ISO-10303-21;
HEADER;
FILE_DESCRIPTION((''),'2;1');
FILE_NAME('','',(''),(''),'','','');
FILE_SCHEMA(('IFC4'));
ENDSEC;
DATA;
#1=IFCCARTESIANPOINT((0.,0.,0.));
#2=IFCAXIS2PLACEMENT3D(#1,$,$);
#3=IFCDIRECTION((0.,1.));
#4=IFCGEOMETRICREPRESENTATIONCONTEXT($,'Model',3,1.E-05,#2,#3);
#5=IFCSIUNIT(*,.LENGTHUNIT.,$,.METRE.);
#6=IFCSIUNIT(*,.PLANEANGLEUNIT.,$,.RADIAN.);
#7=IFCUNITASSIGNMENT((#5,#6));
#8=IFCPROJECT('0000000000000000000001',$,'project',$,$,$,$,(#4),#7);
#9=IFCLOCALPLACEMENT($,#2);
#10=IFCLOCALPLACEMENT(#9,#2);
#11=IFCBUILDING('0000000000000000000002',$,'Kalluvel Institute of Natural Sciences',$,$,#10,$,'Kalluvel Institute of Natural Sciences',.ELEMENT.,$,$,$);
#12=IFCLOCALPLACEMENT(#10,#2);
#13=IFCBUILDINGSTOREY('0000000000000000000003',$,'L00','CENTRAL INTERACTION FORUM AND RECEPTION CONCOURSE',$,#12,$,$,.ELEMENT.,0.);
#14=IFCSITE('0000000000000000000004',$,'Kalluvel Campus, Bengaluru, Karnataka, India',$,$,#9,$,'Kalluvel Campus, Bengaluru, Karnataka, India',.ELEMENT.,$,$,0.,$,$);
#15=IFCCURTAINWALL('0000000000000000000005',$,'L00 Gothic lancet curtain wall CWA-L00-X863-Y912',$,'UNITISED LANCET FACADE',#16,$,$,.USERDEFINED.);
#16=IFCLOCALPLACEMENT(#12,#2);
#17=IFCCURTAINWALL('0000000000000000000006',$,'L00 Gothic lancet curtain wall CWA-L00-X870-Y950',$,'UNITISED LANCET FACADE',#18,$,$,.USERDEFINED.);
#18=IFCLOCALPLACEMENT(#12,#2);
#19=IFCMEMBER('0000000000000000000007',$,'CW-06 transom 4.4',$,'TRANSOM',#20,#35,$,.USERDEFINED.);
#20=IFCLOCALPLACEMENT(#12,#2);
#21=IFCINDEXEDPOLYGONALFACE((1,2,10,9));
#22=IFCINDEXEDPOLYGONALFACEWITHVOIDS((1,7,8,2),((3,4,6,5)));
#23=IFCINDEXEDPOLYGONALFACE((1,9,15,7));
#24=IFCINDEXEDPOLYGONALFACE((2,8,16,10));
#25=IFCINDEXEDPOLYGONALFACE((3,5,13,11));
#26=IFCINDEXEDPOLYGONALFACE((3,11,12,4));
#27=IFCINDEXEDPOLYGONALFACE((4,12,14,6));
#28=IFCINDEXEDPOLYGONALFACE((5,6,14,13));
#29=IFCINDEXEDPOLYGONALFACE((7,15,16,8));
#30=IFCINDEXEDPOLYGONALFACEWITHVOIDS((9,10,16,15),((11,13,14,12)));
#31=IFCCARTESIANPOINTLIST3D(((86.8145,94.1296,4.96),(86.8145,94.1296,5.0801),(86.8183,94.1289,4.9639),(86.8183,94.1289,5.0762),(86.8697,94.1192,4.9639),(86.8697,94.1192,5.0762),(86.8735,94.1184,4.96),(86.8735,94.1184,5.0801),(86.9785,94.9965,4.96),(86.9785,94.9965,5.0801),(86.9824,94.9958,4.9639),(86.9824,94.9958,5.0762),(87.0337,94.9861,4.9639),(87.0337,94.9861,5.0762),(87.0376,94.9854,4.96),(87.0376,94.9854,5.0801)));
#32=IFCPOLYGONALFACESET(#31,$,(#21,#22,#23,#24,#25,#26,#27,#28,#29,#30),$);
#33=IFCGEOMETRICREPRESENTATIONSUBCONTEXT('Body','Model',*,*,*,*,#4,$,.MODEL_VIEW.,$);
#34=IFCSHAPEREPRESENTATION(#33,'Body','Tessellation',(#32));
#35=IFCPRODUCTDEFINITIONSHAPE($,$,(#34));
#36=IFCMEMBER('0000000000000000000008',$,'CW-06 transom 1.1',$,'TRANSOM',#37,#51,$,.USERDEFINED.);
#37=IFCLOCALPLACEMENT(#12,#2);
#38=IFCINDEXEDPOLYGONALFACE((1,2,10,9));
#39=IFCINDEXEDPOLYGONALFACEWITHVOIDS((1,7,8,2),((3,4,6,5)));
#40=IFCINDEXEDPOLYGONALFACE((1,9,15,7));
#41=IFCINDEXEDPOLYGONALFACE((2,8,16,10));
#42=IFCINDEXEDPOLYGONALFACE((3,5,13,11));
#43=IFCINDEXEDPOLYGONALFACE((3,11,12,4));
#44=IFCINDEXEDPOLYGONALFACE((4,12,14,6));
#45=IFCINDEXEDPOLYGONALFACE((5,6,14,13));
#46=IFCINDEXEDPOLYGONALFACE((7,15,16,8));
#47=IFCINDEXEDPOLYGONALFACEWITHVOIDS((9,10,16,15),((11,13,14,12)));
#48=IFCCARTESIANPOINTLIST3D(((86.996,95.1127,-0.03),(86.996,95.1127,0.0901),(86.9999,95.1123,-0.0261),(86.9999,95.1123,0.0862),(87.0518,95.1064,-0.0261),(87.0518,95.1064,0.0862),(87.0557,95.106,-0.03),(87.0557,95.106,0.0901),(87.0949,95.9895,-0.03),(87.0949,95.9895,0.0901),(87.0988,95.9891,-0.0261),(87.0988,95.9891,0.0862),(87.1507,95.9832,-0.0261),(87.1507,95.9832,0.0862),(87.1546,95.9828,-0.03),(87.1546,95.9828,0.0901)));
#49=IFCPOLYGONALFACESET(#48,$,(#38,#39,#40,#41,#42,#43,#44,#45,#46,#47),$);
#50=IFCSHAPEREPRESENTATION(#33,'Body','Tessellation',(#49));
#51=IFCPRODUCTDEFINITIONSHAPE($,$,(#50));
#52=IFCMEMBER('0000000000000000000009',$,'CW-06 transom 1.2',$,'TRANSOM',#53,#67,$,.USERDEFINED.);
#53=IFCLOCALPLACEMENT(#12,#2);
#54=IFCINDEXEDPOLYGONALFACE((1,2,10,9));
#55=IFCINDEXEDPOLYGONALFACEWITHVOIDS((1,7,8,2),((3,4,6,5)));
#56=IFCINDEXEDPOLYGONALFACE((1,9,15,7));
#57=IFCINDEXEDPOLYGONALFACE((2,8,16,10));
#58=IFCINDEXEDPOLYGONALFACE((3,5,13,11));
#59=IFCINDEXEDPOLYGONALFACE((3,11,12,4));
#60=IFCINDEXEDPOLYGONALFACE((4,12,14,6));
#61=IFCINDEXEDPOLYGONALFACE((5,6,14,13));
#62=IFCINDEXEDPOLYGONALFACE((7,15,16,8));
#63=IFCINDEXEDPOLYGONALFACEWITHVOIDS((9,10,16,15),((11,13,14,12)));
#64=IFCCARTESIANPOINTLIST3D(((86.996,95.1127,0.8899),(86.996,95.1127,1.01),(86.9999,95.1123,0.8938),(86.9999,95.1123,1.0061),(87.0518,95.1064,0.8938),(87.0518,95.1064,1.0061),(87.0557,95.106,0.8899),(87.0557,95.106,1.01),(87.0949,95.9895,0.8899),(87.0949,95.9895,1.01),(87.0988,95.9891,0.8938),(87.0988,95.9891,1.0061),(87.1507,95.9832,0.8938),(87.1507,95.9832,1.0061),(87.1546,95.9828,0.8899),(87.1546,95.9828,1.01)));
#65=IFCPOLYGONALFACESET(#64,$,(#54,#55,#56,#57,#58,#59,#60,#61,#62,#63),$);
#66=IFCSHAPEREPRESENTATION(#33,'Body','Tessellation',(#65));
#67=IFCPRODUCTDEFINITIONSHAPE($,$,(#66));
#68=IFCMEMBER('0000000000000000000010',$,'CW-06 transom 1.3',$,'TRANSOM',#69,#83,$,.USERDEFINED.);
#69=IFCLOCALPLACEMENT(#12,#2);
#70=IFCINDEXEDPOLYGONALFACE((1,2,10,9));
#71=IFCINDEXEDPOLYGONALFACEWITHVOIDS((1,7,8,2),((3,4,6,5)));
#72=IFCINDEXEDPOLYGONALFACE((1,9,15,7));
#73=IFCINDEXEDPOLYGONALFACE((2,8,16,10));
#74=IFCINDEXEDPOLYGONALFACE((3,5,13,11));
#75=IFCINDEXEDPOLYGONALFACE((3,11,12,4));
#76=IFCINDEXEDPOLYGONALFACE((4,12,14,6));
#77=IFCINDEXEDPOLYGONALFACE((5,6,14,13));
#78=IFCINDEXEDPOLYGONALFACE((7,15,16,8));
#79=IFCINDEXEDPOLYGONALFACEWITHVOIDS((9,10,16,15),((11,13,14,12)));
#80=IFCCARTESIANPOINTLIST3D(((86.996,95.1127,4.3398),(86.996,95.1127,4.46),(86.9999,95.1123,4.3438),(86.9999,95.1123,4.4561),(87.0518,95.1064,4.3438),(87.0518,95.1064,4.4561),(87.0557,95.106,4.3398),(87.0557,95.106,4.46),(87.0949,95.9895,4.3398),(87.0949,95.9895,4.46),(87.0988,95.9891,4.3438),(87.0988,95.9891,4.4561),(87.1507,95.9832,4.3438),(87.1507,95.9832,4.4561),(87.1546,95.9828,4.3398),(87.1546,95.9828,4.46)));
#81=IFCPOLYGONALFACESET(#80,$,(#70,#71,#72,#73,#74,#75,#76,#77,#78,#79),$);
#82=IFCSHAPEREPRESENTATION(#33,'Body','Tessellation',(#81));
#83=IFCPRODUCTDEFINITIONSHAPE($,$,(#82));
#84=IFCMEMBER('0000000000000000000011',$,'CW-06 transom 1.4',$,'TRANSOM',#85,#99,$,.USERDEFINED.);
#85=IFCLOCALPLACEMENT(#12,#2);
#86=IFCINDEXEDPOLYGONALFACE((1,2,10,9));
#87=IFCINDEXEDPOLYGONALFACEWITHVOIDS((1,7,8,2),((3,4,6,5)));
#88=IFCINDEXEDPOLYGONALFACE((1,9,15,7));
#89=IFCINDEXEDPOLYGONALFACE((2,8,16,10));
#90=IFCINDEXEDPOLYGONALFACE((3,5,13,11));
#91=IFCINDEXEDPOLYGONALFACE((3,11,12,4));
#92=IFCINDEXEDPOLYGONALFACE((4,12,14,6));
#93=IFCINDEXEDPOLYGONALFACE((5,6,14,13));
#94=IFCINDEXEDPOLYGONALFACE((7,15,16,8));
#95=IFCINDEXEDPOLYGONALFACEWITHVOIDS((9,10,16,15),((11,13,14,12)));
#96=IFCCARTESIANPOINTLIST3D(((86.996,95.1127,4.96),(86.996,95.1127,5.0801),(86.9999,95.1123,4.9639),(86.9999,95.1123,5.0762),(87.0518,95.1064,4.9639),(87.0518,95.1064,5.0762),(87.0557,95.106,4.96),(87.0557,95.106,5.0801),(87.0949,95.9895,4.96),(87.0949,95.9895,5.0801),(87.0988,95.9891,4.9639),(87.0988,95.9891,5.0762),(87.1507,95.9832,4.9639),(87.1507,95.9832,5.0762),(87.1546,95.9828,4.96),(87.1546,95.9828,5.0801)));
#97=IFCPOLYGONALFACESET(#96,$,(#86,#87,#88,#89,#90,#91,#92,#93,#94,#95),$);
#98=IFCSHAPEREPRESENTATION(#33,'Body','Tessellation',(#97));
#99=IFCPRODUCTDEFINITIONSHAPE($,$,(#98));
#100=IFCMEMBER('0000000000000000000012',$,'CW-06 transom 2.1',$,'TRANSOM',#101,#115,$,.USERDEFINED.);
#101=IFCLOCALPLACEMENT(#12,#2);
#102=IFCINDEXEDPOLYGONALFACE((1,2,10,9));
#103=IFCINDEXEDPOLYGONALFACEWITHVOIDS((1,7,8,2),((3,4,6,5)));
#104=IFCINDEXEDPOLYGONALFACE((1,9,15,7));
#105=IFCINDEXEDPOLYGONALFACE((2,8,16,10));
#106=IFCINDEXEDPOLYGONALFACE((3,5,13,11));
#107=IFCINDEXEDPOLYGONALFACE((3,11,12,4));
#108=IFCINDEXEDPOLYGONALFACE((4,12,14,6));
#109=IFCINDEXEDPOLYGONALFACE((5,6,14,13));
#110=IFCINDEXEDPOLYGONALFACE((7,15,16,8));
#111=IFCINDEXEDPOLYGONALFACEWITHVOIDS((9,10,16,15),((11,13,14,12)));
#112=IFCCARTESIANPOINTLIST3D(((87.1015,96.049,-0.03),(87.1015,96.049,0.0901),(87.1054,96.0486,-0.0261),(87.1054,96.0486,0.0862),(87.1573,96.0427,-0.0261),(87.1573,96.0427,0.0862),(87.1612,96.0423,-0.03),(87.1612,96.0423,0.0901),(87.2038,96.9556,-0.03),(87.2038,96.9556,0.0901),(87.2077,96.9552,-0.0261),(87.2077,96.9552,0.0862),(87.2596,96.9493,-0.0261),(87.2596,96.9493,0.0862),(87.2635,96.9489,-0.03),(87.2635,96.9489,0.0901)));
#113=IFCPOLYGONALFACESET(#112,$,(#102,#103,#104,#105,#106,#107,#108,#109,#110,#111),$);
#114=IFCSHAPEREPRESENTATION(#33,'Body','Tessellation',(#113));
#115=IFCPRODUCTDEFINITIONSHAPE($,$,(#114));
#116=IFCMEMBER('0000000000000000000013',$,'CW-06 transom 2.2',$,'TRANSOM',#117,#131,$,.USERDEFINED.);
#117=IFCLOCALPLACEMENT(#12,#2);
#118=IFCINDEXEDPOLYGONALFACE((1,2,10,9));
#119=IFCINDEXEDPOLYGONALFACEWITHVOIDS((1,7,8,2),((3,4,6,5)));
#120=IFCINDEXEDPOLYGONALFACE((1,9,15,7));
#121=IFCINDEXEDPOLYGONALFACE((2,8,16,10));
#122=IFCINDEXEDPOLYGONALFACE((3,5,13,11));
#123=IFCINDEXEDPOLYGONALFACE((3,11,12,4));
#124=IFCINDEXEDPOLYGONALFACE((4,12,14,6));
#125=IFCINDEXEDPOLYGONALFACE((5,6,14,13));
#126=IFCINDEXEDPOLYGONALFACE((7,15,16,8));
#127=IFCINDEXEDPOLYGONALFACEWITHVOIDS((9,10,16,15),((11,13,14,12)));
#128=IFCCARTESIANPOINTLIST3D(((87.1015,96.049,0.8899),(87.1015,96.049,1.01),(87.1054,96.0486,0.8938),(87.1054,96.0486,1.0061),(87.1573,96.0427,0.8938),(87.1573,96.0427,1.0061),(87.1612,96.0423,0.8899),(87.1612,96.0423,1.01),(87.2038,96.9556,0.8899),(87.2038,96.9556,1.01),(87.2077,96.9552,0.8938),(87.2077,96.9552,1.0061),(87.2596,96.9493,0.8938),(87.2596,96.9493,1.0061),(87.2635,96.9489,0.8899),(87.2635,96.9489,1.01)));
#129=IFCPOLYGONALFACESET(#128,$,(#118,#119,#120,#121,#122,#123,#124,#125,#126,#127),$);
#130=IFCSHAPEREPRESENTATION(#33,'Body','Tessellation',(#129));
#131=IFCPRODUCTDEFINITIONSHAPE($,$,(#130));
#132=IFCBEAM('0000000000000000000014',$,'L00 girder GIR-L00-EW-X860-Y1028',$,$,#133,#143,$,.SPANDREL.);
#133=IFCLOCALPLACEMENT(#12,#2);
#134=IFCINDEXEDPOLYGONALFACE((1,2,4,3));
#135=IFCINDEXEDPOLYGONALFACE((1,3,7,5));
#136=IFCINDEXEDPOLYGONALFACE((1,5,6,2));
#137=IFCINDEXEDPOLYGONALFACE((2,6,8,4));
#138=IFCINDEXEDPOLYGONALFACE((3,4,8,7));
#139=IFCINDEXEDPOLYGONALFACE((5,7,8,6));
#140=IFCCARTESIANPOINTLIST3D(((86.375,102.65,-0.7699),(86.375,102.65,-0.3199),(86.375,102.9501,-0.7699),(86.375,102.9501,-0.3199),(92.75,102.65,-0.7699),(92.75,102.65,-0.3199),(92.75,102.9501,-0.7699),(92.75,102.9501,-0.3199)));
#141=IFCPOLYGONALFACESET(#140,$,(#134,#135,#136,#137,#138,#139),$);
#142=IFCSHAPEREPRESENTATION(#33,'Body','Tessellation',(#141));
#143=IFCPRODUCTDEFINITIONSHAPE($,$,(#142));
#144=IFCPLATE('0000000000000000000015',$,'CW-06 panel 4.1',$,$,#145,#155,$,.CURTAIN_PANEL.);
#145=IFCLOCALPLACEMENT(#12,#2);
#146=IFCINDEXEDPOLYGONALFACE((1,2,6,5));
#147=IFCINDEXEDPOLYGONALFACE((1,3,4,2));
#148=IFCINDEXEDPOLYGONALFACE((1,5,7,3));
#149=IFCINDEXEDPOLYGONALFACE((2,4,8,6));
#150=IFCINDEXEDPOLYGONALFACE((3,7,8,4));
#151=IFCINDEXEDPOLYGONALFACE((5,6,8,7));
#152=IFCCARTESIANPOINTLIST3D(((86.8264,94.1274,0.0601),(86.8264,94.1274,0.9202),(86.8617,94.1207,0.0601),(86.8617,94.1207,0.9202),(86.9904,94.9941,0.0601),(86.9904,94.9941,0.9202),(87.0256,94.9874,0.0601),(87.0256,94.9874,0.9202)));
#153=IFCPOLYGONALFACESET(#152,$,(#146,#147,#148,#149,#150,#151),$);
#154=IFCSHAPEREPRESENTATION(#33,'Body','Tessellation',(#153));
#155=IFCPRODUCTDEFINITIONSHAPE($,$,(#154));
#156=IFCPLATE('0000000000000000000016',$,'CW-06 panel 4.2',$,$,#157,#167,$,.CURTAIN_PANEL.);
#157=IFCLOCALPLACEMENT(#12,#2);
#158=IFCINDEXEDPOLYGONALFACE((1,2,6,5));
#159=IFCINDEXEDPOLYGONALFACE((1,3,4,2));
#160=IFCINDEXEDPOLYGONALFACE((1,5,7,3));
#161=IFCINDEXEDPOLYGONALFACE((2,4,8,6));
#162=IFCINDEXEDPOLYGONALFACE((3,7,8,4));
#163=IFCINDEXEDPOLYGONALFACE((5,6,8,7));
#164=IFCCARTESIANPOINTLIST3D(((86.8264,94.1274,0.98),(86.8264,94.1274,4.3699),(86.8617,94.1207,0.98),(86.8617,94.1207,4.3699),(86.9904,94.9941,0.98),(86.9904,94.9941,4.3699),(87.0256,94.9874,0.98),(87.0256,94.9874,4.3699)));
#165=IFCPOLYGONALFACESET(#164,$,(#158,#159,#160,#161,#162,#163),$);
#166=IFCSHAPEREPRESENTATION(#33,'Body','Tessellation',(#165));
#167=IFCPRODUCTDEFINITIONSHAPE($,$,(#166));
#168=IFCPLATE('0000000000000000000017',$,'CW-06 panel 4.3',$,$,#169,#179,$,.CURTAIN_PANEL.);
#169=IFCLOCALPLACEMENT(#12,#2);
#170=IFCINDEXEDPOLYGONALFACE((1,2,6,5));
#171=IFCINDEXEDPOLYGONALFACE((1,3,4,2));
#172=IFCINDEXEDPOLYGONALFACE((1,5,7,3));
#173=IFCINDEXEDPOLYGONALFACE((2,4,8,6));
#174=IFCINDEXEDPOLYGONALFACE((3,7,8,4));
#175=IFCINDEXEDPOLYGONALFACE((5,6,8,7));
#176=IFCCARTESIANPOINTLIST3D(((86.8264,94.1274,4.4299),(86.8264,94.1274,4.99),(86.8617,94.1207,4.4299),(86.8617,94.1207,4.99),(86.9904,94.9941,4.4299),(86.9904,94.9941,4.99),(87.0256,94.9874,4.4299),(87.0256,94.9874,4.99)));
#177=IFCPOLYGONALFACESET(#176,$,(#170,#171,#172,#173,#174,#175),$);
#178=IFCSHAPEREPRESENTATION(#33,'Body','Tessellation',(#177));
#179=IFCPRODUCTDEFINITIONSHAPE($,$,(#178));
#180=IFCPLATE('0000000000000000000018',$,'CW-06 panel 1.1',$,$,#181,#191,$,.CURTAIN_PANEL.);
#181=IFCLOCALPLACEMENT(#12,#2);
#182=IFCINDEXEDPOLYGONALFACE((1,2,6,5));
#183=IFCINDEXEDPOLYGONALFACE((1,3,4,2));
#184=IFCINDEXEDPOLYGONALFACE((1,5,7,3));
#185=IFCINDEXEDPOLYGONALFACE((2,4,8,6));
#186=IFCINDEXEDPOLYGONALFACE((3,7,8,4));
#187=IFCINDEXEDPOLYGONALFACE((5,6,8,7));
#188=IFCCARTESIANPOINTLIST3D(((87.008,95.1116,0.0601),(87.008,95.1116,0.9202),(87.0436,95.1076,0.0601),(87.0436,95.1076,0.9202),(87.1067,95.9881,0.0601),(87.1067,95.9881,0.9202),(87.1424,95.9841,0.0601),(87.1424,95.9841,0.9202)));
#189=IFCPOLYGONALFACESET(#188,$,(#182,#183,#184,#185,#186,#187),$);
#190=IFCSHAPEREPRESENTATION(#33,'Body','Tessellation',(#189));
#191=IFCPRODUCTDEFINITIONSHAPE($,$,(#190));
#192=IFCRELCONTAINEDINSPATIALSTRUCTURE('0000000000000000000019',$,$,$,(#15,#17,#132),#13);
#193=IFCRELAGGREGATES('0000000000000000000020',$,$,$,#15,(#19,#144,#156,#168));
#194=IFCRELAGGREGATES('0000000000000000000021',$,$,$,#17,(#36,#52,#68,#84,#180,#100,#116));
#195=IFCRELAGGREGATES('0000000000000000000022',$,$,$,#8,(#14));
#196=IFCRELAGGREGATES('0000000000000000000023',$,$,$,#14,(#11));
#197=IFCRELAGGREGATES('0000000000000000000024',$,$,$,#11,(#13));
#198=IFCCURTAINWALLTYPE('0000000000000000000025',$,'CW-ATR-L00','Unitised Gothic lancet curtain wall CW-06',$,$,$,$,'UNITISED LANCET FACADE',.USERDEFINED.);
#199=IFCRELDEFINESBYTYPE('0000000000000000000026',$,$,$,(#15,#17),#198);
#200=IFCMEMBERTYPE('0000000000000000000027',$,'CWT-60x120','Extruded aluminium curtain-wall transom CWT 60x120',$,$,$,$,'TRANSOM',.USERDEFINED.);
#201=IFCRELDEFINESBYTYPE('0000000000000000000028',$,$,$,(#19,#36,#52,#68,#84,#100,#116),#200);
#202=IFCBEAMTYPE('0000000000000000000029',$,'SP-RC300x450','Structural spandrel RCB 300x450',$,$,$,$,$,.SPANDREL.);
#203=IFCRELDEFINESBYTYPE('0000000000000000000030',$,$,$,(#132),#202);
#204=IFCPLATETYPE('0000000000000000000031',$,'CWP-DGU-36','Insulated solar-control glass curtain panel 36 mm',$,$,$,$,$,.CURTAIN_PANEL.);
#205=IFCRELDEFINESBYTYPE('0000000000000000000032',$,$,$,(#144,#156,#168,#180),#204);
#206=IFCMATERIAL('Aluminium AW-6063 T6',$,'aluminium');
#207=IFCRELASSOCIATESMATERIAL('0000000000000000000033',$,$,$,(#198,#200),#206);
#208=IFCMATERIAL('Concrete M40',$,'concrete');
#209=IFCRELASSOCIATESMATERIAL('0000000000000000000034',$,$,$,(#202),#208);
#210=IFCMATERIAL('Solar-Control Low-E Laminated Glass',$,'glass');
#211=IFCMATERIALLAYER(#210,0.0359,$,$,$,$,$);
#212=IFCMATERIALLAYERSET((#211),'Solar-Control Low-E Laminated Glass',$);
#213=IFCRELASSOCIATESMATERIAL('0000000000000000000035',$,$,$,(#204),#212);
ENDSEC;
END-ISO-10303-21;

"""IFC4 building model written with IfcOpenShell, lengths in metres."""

from ifc_helpers import new_model, si_unit, direction, frame, origin, origin_2d, place, context, subcontext, project, spatial, rectangle, hollow_rectangle, extrude, material, layer, layer_set, material_profile, profile_set, type_object, element, aggregate, save


model = new_model("IFC4")

# Units and contexts
model_context = context("Model", 3, precision=1e-05, world=origin(), true_north=direction((0.0, 1.0)))
body_context = subcontext(model_context, "Body", "Model", "MODEL_VIEW")
ifc_project = project(units=[si_unit("LENGTHUNIT", "METRE"), si_unit("PLANEANGLEUNIT", "RADIAN")], contexts=[model_context])

# Site, building, storey
site_placement = place(None, origin())
site = spatial("IfcSite", under=ifc_project, at=site_placement, Name="Kalluvel Campus, Bengaluru, Karnataka, India", LongName="Kalluvel Campus, Bengaluru, Karnataka, India", CompositionType="ELEMENT", RefElevation=0.0)
building_placement = place(site_placement, origin())
building = spatial("IfcBuilding", under=site, at=building_placement, Name="Kalluvel Institute of Natural Sciences", LongName="Kalluvel Institute of Natural Sciences", CompositionType="ELEMENT")
storey_placement = place(building_placement, origin())
storey = spatial("IfcBuildingStorey", under=building, at=storey_placement, Name="L00", Description="CENTRAL INTERACTION FORUM AND RECEPTION CONCOURSE", CompositionType="ELEMENT", Elevation=0.0)

# Shared definitions
ifc_material_1 = material(Name="Concrete M40", Category="concrete")

# Curtain wall
ifc_material_2 = material(Name="Aluminium AW-6063 T6", Category="aluminium")
curtain_wall_type_1 = type_object("IfcCurtainWallType", Name="CW-ATR-L00", Description="Unitised Gothic lancet curtain wall CW-06", ElementType="UNITISED LANCET FACADE", PredefinedType="USERDEFINED", material=ifc_material_2)
curtain_wall_1_placement = place(storey_placement, origin())
curtain_wall_1 = element("IfcCurtainWall", 1, at=curtain_wall_1_placement, inside=storey, type_object=curtain_wall_type_1, Name="L00 Gothic lancet curtain wall CWA-L00-X863-Y912", ObjectType="UNITISED LANCET FACADE", PredefinedType="USERDEFINED")

# Curtain wall
curtain_wall_2_placement = place(storey_placement, origin())
curtain_wall_2 = element("IfcCurtainWall", 2, at=curtain_wall_2_placement, inside=storey, type_object=curtain_wall_type_1, Name="L00 Gothic lancet curtain wall CWA-L00-X870-Y950", ObjectType="UNITISED LANCET FACADE", PredefinedType="USERDEFINED")

# Members
ifc_material_profile_1 = material_profile(ifc_material_2, hollow_rectangle(XDim=0.0601, YDim=0.1201, WallThickness=0.0039, at=origin_2d()), Name="CWT 60x120")
ifc_profile_set_1 = profile_set([ifc_material_profile_1], Name="Aluminium AW-6063 T6")
member_type_1 = type_object("IfcMemberType", Name="CWT-60x120", Description="Extruded aluminium curtain-wall transom CWT 60x120", ElementType="TRANSOM", PredefinedType="USERDEFINED", material=ifc_profile_set_1)
member_1_placement = place(storey_placement, frame((86.844, 94.124, 5.02), z_axis=(0.185942, 0.982561, 0.0), x_axis=(-0.982561, 0.185942, 0.0)))
member_1 = element("IfcMember", 3, at=member_1_placement, type_object=member_type_1, Name="CW-06 transom 4.4", ObjectType="TRANSOM", PredefinedType="USERDEFINED", context=body_context, shape_type="SweptSolid", body=[
    extrude(hollow_rectangle(XDim=0.0601, YDim=0.1201, WallThickness=0.0039, at=origin_2d()), origin(), (0.0, 0.0, 1.0), 0.8823),
])
member_2_placement = place(storey_placement, frame((87.0259, 95.1094, 0.03), z_axis=(0.112071, 0.9937, 0.0), x_axis=(-0.9937, 0.112071, 0.0)))
member_2 = element("IfcMember", 4, at=member_2_placement, type_object=member_type_1, Name="CW-06 transom 1.1", ObjectType="TRANSOM", PredefinedType="USERDEFINED", context=body_context, shape_type="SweptSolid", body=[
    extrude(hollow_rectangle(XDim=0.0601, YDim=0.1201, WallThickness=0.0039, at=origin_2d()), origin(), (0.0, 0.0, 1.0), 0.8823),
])
member_3_placement = place(storey_placement, frame((87.0259, 95.1094, 0.95), z_axis=(0.112071, 0.9937, 0.0), x_axis=(-0.9937, 0.112071, 0.0)))
member_3 = element("IfcMember", 5, at=member_3_placement, type_object=member_type_1, Name="CW-06 transom 1.2", ObjectType="TRANSOM", PredefinedType="USERDEFINED", context=body_context, shape_type="SweptSolid", body=[
    extrude(hollow_rectangle(XDim=0.0601, YDim=0.1201, WallThickness=0.0039, at=origin_2d()), origin(), (0.0, 0.0, 1.0), 0.8823),
])
member_4_placement = place(storey_placement, frame((87.0259, 95.1094, 4.3999), z_axis=(0.112071, 0.9937, 0.0), x_axis=(-0.9937, 0.112071, 0.0)))
member_4 = element("IfcMember", 6, at=member_4_placement, type_object=member_type_1, Name="CW-06 transom 1.3", ObjectType="TRANSOM", PredefinedType="USERDEFINED", context=body_context, shape_type="SweptSolid", body=[
    extrude(hollow_rectangle(XDim=0.0601, YDim=0.1201, WallThickness=0.0039, at=origin_2d()), origin(), (0.0, 0.0, 1.0), 0.8823),
])
member_5_placement = place(storey_placement, frame((87.0259, 95.1094, 5.02), z_axis=(0.112071, 0.9937, 0.0), x_axis=(-0.9937, 0.112071, 0.0)))
member_5 = element("IfcMember", 7, at=member_5_placement, type_object=member_type_1, Name="CW-06 transom 1.4", ObjectType="TRANSOM", PredefinedType="USERDEFINED", context=body_context, shape_type="SweptSolid", body=[
    extrude(hollow_rectangle(XDim=0.0601, YDim=0.1201, WallThickness=0.0039, at=origin_2d()), origin(), (0.0, 0.0, 1.0), 0.8823),
])
member_6_placement = place(storey_placement, frame((87.1313, 96.0457, 0.03), z_axis=(0.112135, 0.993693, 0.0), x_axis=(-0.993693, 0.112135, 0.0)))
member_6 = element("IfcMember", 8, at=member_6_placement, type_object=member_type_1, Name="CW-06 transom 2.1", ObjectType="TRANSOM", PredefinedType="USERDEFINED", context=body_context, shape_type="SweptSolid", body=[
    extrude(hollow_rectangle(XDim=0.0601, YDim=0.1201, WallThickness=0.0039, at=origin_2d()), origin(), (0.0, 0.0, 1.0), 0.9124),
])
member_7_placement = place(storey_placement, frame((87.1313, 96.0457, 0.95), z_axis=(0.112135, 0.993693, 0.0), x_axis=(-0.993693, 0.112135, 0.0)))
member_7 = element("IfcMember", 9, at=member_7_placement, type_object=member_type_1, Name="CW-06 transom 2.2", ObjectType="TRANSOM", PredefinedType="USERDEFINED", context=body_context, shape_type="SweptSolid", body=[
    extrude(hollow_rectangle(XDim=0.0601, YDim=0.1201, WallThickness=0.0039, at=origin_2d()), origin(), (0.0, 0.0, 1.0), 0.9124),
])

# Beam
ifc_material_profile_2 = material_profile(ifc_material_1, rectangle(XDim=0.3, YDim=0.45, at=origin_2d()), Name="RCB 300x450")
ifc_profile_set_2 = profile_set([ifc_material_profile_2], Name="Concrete M40")
beam_type_1 = type_object("IfcBeamType", Name="SP-RC300x450", Description="Structural spandrel RCB 300x450", PredefinedType="SPANDREL", material=ifc_profile_set_2)
beam_1_placement = place(storey_placement, frame((86.375, 102.8, -0.5449), z_axis=(1.0, 0.0, 0.0), x_axis=(0.0, 1.0, 0.0)))
element("IfcBeam", 10, at=beam_1_placement, inside=storey, type_object=beam_type_1, Name="L00 girder GIR-L00-EW-X860-Y1028", PredefinedType="SPANDREL", context=body_context, shape_type="SweptSolid", body=[
    extrude(rectangle(XDim=0.3, YDim=0.45, at=origin_2d()), origin(), (0.0, 0.0, 1.0), 6.375),
])

# Plates
ifc_material_3 = material(Name="Solar-Control Low-E Laminated Glass", Category="glass")
ifc_layer = layer(ifc_material_3, 0.0359)
ifc_layer_set = layer_set([ifc_layer], Name="Solar-Control Low-E Laminated Glass")
plate_type = type_object("IfcPlateType", Name="CWP-DGU-36", Description="Insulated solar-control glass curtain panel 36 mm", PredefinedType="CURTAIN_PANEL", material=ifc_layer_set)
plate_1_placement = place(storey_placement, frame((86.926, 94.5574, 0.0601), z_axis=(0.0, 0.0, 1.0), x_axis=(0.185898, 0.982569, 0.0)))
plate_1 = element("IfcPlate", 11, at=plate_1_placement, type_object=plate_type, Name="CW-06 panel 4.1", PredefinedType="CURTAIN_PANEL", context=body_context, shape_type="SweptSolid", body=[
    extrude(rectangle(XDim=0.8821, YDim=0.0359, at=origin_2d()), origin(), (0.0, 0.0, 1.0), 0.8601),
])
plate_2_placement = place(storey_placement, frame((86.926, 94.5574, 0.98), z_axis=(0.0, 0.0, 1.0), x_axis=(0.185898, 0.982569, 0.0)))
plate_2 = element("IfcPlate", 12, at=plate_2_placement, type_object=plate_type, Name="CW-06 panel 4.2", PredefinedType="CURTAIN_PANEL", context=body_context, shape_type="SweptSolid", body=[
    extrude(rectangle(XDim=0.8821, YDim=0.0359, at=origin_2d()), origin(), (0.0, 0.0, 1.0), 3.3899),
])
plate_3_placement = place(storey_placement, frame((86.926, 94.5574, 4.4299), z_axis=(0.0, 0.0, 1.0), x_axis=(0.185898, 0.982569, 0.0)))
plate_3 = element("IfcPlate", 13, at=plate_3_placement, type_object=plate_type, Name="CW-06 panel 4.3", PredefinedType="CURTAIN_PANEL", context=body_context, shape_type="SweptSolid", body=[
    extrude(rectangle(XDim=0.8821, YDim=0.0359, at=origin_2d()), origin(), (0.0, 0.0, 1.0), 0.5601),
])
aggregate(curtain_wall_1, [member_1, plate_1, plate_2, plate_3])
plate_4_placement = place(storey_placement, frame((87.0752, 95.5479, 0.0601), z_axis=(0.0, 0.0, 1.0), x_axis=(0.111967, 0.993712, 0.0)))
plate_4 = element("IfcPlate", 14, at=plate_4_placement, type_object=plate_type, Name="CW-06 panel 1.1", PredefinedType="CURTAIN_PANEL", context=body_context, shape_type="SweptSolid", body=[
    extrude(rectangle(XDim=0.8821, YDim=0.0359, at=origin_2d()), origin(), (0.0, 0.0, 1.0), 0.8601),
])
aggregate(curtain_wall_2, [member_2, member_3, member_4, member_5, plate_4, member_6, member_7])

save(model, "model.ifc")
